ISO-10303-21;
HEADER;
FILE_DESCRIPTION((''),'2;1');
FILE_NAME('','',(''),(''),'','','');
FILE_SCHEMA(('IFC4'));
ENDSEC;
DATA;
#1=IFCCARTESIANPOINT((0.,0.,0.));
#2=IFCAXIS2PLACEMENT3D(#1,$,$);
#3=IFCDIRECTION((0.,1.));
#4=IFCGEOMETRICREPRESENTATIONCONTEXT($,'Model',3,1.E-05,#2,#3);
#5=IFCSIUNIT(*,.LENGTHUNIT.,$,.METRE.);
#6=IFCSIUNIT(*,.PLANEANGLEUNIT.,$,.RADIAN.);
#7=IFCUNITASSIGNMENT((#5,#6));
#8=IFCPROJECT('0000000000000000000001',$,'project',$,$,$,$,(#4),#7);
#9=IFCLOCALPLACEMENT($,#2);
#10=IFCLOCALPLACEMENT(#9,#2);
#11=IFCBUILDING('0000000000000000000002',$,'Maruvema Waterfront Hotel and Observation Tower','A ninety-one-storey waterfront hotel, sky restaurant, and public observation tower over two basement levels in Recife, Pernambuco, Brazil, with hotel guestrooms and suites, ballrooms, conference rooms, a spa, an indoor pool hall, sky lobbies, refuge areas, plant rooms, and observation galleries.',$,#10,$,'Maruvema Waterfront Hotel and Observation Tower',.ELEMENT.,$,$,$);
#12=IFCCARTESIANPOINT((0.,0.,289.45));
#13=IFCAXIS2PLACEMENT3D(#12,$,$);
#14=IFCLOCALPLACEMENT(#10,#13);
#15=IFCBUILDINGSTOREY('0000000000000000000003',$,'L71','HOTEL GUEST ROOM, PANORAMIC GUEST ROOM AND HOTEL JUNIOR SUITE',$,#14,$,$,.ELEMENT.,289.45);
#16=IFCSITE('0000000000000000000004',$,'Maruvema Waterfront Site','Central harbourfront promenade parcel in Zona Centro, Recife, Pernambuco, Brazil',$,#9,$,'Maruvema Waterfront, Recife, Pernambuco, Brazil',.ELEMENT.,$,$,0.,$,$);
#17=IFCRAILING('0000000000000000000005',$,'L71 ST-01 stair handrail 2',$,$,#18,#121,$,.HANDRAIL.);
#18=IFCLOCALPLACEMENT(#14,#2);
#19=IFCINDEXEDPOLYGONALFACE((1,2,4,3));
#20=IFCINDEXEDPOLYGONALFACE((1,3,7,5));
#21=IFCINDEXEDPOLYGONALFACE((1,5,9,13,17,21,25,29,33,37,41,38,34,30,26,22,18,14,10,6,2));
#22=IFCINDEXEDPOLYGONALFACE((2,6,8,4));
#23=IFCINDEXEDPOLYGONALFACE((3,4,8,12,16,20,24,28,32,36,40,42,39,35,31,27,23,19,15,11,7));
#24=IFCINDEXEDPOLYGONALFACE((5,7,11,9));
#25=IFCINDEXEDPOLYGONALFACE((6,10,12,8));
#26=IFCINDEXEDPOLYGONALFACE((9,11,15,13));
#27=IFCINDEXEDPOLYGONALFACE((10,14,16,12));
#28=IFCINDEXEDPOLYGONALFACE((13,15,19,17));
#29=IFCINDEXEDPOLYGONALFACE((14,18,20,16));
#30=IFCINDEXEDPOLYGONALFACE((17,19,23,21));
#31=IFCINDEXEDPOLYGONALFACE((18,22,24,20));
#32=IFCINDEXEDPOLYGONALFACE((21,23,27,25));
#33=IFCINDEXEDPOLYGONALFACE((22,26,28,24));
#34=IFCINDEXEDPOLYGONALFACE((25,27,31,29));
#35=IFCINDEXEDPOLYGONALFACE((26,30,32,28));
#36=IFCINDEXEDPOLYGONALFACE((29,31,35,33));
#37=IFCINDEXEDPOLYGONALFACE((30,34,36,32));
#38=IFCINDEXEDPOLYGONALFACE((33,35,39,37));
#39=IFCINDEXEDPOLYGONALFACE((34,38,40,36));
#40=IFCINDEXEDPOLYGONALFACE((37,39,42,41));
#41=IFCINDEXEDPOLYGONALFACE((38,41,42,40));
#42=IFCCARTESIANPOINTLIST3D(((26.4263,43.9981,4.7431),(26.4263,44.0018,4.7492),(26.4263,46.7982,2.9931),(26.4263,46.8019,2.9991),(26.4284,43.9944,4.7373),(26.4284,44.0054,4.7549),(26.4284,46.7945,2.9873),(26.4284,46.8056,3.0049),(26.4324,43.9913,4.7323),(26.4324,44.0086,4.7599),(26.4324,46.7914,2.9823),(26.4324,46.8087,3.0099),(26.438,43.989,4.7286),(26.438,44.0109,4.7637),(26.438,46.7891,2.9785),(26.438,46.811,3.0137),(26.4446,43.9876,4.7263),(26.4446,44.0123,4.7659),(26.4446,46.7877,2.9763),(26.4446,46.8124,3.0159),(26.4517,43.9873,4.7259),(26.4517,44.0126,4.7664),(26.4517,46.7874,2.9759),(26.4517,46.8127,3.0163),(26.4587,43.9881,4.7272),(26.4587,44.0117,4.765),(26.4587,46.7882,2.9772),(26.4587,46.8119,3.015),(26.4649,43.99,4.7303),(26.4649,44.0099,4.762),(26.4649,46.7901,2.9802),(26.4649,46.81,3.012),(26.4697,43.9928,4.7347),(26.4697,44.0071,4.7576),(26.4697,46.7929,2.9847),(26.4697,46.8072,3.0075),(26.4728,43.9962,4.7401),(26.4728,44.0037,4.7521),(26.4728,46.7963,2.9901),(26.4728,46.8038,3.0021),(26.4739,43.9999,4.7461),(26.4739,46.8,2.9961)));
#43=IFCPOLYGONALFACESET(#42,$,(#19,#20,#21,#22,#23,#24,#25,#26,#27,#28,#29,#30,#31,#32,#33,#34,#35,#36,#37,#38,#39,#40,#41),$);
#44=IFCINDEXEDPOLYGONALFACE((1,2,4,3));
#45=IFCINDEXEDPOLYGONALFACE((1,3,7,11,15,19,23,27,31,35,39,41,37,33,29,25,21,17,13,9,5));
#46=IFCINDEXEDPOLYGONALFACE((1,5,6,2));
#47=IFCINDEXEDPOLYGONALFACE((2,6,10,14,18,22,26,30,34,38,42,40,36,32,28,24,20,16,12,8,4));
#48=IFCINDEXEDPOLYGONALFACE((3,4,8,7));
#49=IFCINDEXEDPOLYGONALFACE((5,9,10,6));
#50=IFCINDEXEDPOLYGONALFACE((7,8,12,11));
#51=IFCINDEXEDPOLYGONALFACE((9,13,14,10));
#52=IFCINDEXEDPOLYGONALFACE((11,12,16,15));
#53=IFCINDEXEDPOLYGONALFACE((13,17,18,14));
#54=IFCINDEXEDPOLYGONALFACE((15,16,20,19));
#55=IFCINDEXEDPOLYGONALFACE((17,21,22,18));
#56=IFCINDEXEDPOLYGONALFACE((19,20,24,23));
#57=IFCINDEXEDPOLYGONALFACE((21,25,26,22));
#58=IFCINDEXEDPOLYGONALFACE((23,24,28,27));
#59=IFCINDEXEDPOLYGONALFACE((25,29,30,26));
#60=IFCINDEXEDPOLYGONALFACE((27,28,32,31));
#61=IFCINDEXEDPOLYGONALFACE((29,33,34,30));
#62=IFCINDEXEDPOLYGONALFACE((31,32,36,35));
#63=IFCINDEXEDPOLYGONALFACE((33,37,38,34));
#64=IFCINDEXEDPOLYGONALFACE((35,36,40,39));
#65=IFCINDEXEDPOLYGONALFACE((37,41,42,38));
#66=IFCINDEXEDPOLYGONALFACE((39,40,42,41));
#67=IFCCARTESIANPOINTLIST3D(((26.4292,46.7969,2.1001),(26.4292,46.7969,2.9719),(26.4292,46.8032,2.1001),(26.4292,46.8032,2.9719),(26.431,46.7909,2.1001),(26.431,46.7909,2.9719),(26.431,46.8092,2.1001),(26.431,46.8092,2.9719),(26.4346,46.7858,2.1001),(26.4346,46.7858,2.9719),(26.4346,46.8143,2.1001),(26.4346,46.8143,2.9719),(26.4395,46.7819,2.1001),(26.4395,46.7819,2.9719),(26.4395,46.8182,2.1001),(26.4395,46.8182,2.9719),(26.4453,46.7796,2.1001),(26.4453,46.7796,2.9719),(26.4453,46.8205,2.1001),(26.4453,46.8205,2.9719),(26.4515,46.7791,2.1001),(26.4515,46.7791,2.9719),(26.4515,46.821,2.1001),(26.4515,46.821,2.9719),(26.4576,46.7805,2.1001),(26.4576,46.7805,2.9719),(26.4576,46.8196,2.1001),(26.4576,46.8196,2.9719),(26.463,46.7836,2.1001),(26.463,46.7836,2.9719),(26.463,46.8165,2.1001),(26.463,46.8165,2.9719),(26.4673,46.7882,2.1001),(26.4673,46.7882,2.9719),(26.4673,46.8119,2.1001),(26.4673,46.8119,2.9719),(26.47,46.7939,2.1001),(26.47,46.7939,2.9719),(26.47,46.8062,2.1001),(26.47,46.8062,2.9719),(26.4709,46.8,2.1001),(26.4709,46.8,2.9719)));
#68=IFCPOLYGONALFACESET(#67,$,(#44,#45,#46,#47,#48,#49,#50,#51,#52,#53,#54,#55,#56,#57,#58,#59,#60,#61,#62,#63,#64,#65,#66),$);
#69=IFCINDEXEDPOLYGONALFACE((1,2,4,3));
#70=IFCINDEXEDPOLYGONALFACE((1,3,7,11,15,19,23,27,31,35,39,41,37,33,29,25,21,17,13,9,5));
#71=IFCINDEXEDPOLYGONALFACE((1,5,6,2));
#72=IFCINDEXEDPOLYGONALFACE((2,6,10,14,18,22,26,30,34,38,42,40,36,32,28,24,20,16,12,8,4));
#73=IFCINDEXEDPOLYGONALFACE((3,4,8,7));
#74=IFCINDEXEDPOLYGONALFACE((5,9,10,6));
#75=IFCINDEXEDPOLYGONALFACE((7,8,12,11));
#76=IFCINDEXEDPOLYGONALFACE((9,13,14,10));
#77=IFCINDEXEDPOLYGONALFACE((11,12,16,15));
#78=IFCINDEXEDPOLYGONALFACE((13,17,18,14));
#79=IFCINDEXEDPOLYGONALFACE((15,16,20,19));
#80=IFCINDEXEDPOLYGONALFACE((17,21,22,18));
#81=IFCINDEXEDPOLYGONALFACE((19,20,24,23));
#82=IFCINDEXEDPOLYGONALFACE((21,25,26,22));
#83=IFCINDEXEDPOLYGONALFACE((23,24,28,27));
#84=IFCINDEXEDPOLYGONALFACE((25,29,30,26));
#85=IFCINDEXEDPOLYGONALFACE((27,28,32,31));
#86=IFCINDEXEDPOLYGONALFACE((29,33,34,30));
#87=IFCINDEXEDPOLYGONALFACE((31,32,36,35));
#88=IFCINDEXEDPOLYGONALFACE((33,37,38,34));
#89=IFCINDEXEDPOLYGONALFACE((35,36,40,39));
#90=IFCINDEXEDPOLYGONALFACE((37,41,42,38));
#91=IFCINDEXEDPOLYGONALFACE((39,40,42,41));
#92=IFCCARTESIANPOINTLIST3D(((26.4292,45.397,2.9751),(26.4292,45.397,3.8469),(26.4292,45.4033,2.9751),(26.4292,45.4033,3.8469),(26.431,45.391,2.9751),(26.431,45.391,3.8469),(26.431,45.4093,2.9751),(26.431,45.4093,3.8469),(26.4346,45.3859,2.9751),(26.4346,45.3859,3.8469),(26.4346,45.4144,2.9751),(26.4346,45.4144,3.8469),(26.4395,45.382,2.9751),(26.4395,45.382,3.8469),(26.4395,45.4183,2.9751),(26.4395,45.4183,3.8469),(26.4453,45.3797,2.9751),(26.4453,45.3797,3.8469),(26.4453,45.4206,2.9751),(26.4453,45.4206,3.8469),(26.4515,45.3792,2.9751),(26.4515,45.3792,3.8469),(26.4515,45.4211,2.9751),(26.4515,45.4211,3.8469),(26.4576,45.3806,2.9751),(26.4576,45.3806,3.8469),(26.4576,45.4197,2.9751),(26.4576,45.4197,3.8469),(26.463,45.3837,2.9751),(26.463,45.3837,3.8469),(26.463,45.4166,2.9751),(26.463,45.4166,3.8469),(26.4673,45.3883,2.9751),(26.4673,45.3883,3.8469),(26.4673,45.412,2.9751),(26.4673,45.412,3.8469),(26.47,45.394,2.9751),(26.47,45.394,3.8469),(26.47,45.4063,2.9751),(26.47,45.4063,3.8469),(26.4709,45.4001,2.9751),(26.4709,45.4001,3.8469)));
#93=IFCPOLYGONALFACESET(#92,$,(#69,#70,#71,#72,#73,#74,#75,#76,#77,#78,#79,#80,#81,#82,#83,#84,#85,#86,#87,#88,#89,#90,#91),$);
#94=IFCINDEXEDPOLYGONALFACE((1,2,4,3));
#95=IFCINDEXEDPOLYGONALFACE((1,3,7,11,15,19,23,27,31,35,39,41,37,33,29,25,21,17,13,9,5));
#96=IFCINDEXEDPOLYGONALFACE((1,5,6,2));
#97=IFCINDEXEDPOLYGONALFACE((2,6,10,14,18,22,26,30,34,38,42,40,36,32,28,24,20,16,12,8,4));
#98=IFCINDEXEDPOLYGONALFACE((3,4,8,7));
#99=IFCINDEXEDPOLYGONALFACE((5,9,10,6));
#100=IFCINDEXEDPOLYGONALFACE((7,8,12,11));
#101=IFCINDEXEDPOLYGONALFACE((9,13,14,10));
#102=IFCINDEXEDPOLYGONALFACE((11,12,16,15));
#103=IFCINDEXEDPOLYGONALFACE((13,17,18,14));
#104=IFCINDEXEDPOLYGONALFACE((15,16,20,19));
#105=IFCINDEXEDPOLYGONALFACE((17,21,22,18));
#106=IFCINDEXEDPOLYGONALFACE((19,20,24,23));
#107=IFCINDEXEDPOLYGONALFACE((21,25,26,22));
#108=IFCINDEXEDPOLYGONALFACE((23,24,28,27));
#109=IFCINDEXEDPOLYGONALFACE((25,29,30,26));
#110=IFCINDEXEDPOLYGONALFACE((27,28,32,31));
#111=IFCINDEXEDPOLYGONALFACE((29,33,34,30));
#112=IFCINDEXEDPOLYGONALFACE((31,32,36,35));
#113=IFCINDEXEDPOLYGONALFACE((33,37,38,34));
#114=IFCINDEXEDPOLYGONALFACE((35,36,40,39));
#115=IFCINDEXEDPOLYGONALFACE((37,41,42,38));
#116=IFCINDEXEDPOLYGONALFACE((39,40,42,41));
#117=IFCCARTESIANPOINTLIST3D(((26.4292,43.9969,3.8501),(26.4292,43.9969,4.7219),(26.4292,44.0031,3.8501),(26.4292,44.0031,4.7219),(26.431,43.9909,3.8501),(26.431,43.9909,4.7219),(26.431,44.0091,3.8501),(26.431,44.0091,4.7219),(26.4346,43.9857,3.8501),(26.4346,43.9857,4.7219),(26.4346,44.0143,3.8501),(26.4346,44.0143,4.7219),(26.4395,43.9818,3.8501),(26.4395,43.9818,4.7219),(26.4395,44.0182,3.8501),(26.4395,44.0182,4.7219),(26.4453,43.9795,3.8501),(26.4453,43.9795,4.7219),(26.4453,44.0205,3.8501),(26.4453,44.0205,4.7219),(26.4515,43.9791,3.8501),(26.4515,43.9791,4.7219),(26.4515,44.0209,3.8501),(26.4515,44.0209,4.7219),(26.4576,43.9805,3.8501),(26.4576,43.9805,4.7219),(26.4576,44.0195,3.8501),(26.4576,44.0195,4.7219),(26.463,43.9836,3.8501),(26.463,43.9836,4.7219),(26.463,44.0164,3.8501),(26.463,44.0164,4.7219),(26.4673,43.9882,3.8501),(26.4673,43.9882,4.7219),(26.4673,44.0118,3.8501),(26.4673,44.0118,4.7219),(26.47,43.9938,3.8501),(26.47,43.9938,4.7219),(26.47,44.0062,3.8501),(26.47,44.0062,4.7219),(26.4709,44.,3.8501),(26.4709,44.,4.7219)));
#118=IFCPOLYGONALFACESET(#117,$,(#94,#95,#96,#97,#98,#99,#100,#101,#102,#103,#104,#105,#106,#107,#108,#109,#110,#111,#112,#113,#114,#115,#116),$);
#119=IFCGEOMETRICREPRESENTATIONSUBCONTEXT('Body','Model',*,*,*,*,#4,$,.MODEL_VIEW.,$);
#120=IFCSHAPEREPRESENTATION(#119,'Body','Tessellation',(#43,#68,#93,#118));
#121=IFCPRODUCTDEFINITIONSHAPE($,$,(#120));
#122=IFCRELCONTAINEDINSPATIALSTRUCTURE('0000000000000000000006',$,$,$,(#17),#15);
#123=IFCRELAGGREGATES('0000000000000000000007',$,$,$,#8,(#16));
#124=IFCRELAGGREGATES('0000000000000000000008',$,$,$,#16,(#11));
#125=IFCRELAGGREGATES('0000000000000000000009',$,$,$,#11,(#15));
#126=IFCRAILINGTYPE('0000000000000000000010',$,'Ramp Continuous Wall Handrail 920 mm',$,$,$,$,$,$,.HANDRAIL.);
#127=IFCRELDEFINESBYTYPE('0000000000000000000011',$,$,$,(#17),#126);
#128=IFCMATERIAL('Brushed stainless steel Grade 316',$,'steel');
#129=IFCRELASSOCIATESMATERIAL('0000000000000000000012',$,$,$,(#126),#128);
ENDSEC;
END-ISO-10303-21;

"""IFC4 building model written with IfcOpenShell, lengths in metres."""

from ifc_helpers import new_model, si_unit, direction, frame, origin, origin_2d, place, context, subcontext, project, spatial, circle, extrude, material, type_object, element, save


model = new_model("IFC4")

# Units and contexts
model_context = context("Model", 3, precision=1e-05, world=origin(), true_north=direction((0.0, 1.0)))
body_context = subcontext(model_context, "Body", "Model", "MODEL_VIEW")
ifc_project = project(units=[si_unit("LENGTHUNIT", "METRE"), si_unit("PLANEANGLEUNIT", "RADIAN")], contexts=[model_context])

# Site, building, storey
site_placement = place(None, origin())
site = spatial("IfcSite", under=ifc_project, at=site_placement, Name="Maruvema Waterfront Site", Description="Central harbourfront promenade parcel in Zona Centro, Recife, Pernambuco, Brazil", LongName="Maruvema Waterfront, Recife, Pernambuco, Brazil", CompositionType="ELEMENT", RefElevation=0.0)
building_placement = place(site_placement, origin())
building = spatial("IfcBuilding", under=site, at=building_placement, Name="Maruvema Waterfront Hotel and Observation Tower", Description="A ninety-one-storey waterfront hotel, sky restaurant, and public observation tower over two basement levels in Recife, Pernambuco, Brazil, with hotel guestrooms and suites, ballrooms, conference rooms, a spa, an indoor pool hall, sky lobbies, refuge areas, plant rooms, and observation galleries.", LongName="Maruvema Waterfront Hotel and Observation Tower", CompositionType="ELEMENT")
storey_placement = place(building_placement, frame((0.0, 0.0, 289.45)))
storey = spatial("IfcBuildingStorey", under=building, at=storey_placement, Name="L71", Description="HOTEL GUEST ROOM, PANORAMIC GUEST ROOM AND HOTEL JUNIOR SUITE", CompositionType="ELEMENT", Elevation=289.45)

# Railing
ifc_material_1 = material(Name="Brushed stainless steel Grade 316", Category="steel")
railing_type_1 = type_object("IfcRailingType", Name="Ramp Continuous Wall Handrail 920 mm", PredefinedType="HANDRAIL", material=ifc_material_1)
railing_1_placement = place(storey_placement, frame((26.45, 46.8, 2.1001)))
element("IfcRailing", 1, at=railing_1_placement, inside=storey, type_object=railing_type_1, Name="L71 ST-01 stair handrail 2", PredefinedType="HANDRAIL", context=body_context, shape_type="SweptSolid", body=[
    extrude(circle(Radius=0.0239, at=origin_2d()), frame((0.0, 0.0, 0.896), z_axis=(0.0, -0.848002, 0.529992), x_axis=(1.0, 0.0, 0.0)), (0.0, 0.0, 1.0), 3.302),
    extrude(circle(Radius=0.021, at=origin_2d()), origin(), (0.0, 0.0, 1.0), 0.8718),
    extrude(circle(Radius=0.021, at=origin_2d()), frame((0.0, -1.3999, 0.875)), (0.0, 0.0, 1.0), 0.8718),
    extrude(circle(Radius=0.021, at=origin_2d()), frame((0.0, -2.8, 1.75)), (0.0, 0.0, 1.0), 0.8718),
])

save(model, "model.ifc")
